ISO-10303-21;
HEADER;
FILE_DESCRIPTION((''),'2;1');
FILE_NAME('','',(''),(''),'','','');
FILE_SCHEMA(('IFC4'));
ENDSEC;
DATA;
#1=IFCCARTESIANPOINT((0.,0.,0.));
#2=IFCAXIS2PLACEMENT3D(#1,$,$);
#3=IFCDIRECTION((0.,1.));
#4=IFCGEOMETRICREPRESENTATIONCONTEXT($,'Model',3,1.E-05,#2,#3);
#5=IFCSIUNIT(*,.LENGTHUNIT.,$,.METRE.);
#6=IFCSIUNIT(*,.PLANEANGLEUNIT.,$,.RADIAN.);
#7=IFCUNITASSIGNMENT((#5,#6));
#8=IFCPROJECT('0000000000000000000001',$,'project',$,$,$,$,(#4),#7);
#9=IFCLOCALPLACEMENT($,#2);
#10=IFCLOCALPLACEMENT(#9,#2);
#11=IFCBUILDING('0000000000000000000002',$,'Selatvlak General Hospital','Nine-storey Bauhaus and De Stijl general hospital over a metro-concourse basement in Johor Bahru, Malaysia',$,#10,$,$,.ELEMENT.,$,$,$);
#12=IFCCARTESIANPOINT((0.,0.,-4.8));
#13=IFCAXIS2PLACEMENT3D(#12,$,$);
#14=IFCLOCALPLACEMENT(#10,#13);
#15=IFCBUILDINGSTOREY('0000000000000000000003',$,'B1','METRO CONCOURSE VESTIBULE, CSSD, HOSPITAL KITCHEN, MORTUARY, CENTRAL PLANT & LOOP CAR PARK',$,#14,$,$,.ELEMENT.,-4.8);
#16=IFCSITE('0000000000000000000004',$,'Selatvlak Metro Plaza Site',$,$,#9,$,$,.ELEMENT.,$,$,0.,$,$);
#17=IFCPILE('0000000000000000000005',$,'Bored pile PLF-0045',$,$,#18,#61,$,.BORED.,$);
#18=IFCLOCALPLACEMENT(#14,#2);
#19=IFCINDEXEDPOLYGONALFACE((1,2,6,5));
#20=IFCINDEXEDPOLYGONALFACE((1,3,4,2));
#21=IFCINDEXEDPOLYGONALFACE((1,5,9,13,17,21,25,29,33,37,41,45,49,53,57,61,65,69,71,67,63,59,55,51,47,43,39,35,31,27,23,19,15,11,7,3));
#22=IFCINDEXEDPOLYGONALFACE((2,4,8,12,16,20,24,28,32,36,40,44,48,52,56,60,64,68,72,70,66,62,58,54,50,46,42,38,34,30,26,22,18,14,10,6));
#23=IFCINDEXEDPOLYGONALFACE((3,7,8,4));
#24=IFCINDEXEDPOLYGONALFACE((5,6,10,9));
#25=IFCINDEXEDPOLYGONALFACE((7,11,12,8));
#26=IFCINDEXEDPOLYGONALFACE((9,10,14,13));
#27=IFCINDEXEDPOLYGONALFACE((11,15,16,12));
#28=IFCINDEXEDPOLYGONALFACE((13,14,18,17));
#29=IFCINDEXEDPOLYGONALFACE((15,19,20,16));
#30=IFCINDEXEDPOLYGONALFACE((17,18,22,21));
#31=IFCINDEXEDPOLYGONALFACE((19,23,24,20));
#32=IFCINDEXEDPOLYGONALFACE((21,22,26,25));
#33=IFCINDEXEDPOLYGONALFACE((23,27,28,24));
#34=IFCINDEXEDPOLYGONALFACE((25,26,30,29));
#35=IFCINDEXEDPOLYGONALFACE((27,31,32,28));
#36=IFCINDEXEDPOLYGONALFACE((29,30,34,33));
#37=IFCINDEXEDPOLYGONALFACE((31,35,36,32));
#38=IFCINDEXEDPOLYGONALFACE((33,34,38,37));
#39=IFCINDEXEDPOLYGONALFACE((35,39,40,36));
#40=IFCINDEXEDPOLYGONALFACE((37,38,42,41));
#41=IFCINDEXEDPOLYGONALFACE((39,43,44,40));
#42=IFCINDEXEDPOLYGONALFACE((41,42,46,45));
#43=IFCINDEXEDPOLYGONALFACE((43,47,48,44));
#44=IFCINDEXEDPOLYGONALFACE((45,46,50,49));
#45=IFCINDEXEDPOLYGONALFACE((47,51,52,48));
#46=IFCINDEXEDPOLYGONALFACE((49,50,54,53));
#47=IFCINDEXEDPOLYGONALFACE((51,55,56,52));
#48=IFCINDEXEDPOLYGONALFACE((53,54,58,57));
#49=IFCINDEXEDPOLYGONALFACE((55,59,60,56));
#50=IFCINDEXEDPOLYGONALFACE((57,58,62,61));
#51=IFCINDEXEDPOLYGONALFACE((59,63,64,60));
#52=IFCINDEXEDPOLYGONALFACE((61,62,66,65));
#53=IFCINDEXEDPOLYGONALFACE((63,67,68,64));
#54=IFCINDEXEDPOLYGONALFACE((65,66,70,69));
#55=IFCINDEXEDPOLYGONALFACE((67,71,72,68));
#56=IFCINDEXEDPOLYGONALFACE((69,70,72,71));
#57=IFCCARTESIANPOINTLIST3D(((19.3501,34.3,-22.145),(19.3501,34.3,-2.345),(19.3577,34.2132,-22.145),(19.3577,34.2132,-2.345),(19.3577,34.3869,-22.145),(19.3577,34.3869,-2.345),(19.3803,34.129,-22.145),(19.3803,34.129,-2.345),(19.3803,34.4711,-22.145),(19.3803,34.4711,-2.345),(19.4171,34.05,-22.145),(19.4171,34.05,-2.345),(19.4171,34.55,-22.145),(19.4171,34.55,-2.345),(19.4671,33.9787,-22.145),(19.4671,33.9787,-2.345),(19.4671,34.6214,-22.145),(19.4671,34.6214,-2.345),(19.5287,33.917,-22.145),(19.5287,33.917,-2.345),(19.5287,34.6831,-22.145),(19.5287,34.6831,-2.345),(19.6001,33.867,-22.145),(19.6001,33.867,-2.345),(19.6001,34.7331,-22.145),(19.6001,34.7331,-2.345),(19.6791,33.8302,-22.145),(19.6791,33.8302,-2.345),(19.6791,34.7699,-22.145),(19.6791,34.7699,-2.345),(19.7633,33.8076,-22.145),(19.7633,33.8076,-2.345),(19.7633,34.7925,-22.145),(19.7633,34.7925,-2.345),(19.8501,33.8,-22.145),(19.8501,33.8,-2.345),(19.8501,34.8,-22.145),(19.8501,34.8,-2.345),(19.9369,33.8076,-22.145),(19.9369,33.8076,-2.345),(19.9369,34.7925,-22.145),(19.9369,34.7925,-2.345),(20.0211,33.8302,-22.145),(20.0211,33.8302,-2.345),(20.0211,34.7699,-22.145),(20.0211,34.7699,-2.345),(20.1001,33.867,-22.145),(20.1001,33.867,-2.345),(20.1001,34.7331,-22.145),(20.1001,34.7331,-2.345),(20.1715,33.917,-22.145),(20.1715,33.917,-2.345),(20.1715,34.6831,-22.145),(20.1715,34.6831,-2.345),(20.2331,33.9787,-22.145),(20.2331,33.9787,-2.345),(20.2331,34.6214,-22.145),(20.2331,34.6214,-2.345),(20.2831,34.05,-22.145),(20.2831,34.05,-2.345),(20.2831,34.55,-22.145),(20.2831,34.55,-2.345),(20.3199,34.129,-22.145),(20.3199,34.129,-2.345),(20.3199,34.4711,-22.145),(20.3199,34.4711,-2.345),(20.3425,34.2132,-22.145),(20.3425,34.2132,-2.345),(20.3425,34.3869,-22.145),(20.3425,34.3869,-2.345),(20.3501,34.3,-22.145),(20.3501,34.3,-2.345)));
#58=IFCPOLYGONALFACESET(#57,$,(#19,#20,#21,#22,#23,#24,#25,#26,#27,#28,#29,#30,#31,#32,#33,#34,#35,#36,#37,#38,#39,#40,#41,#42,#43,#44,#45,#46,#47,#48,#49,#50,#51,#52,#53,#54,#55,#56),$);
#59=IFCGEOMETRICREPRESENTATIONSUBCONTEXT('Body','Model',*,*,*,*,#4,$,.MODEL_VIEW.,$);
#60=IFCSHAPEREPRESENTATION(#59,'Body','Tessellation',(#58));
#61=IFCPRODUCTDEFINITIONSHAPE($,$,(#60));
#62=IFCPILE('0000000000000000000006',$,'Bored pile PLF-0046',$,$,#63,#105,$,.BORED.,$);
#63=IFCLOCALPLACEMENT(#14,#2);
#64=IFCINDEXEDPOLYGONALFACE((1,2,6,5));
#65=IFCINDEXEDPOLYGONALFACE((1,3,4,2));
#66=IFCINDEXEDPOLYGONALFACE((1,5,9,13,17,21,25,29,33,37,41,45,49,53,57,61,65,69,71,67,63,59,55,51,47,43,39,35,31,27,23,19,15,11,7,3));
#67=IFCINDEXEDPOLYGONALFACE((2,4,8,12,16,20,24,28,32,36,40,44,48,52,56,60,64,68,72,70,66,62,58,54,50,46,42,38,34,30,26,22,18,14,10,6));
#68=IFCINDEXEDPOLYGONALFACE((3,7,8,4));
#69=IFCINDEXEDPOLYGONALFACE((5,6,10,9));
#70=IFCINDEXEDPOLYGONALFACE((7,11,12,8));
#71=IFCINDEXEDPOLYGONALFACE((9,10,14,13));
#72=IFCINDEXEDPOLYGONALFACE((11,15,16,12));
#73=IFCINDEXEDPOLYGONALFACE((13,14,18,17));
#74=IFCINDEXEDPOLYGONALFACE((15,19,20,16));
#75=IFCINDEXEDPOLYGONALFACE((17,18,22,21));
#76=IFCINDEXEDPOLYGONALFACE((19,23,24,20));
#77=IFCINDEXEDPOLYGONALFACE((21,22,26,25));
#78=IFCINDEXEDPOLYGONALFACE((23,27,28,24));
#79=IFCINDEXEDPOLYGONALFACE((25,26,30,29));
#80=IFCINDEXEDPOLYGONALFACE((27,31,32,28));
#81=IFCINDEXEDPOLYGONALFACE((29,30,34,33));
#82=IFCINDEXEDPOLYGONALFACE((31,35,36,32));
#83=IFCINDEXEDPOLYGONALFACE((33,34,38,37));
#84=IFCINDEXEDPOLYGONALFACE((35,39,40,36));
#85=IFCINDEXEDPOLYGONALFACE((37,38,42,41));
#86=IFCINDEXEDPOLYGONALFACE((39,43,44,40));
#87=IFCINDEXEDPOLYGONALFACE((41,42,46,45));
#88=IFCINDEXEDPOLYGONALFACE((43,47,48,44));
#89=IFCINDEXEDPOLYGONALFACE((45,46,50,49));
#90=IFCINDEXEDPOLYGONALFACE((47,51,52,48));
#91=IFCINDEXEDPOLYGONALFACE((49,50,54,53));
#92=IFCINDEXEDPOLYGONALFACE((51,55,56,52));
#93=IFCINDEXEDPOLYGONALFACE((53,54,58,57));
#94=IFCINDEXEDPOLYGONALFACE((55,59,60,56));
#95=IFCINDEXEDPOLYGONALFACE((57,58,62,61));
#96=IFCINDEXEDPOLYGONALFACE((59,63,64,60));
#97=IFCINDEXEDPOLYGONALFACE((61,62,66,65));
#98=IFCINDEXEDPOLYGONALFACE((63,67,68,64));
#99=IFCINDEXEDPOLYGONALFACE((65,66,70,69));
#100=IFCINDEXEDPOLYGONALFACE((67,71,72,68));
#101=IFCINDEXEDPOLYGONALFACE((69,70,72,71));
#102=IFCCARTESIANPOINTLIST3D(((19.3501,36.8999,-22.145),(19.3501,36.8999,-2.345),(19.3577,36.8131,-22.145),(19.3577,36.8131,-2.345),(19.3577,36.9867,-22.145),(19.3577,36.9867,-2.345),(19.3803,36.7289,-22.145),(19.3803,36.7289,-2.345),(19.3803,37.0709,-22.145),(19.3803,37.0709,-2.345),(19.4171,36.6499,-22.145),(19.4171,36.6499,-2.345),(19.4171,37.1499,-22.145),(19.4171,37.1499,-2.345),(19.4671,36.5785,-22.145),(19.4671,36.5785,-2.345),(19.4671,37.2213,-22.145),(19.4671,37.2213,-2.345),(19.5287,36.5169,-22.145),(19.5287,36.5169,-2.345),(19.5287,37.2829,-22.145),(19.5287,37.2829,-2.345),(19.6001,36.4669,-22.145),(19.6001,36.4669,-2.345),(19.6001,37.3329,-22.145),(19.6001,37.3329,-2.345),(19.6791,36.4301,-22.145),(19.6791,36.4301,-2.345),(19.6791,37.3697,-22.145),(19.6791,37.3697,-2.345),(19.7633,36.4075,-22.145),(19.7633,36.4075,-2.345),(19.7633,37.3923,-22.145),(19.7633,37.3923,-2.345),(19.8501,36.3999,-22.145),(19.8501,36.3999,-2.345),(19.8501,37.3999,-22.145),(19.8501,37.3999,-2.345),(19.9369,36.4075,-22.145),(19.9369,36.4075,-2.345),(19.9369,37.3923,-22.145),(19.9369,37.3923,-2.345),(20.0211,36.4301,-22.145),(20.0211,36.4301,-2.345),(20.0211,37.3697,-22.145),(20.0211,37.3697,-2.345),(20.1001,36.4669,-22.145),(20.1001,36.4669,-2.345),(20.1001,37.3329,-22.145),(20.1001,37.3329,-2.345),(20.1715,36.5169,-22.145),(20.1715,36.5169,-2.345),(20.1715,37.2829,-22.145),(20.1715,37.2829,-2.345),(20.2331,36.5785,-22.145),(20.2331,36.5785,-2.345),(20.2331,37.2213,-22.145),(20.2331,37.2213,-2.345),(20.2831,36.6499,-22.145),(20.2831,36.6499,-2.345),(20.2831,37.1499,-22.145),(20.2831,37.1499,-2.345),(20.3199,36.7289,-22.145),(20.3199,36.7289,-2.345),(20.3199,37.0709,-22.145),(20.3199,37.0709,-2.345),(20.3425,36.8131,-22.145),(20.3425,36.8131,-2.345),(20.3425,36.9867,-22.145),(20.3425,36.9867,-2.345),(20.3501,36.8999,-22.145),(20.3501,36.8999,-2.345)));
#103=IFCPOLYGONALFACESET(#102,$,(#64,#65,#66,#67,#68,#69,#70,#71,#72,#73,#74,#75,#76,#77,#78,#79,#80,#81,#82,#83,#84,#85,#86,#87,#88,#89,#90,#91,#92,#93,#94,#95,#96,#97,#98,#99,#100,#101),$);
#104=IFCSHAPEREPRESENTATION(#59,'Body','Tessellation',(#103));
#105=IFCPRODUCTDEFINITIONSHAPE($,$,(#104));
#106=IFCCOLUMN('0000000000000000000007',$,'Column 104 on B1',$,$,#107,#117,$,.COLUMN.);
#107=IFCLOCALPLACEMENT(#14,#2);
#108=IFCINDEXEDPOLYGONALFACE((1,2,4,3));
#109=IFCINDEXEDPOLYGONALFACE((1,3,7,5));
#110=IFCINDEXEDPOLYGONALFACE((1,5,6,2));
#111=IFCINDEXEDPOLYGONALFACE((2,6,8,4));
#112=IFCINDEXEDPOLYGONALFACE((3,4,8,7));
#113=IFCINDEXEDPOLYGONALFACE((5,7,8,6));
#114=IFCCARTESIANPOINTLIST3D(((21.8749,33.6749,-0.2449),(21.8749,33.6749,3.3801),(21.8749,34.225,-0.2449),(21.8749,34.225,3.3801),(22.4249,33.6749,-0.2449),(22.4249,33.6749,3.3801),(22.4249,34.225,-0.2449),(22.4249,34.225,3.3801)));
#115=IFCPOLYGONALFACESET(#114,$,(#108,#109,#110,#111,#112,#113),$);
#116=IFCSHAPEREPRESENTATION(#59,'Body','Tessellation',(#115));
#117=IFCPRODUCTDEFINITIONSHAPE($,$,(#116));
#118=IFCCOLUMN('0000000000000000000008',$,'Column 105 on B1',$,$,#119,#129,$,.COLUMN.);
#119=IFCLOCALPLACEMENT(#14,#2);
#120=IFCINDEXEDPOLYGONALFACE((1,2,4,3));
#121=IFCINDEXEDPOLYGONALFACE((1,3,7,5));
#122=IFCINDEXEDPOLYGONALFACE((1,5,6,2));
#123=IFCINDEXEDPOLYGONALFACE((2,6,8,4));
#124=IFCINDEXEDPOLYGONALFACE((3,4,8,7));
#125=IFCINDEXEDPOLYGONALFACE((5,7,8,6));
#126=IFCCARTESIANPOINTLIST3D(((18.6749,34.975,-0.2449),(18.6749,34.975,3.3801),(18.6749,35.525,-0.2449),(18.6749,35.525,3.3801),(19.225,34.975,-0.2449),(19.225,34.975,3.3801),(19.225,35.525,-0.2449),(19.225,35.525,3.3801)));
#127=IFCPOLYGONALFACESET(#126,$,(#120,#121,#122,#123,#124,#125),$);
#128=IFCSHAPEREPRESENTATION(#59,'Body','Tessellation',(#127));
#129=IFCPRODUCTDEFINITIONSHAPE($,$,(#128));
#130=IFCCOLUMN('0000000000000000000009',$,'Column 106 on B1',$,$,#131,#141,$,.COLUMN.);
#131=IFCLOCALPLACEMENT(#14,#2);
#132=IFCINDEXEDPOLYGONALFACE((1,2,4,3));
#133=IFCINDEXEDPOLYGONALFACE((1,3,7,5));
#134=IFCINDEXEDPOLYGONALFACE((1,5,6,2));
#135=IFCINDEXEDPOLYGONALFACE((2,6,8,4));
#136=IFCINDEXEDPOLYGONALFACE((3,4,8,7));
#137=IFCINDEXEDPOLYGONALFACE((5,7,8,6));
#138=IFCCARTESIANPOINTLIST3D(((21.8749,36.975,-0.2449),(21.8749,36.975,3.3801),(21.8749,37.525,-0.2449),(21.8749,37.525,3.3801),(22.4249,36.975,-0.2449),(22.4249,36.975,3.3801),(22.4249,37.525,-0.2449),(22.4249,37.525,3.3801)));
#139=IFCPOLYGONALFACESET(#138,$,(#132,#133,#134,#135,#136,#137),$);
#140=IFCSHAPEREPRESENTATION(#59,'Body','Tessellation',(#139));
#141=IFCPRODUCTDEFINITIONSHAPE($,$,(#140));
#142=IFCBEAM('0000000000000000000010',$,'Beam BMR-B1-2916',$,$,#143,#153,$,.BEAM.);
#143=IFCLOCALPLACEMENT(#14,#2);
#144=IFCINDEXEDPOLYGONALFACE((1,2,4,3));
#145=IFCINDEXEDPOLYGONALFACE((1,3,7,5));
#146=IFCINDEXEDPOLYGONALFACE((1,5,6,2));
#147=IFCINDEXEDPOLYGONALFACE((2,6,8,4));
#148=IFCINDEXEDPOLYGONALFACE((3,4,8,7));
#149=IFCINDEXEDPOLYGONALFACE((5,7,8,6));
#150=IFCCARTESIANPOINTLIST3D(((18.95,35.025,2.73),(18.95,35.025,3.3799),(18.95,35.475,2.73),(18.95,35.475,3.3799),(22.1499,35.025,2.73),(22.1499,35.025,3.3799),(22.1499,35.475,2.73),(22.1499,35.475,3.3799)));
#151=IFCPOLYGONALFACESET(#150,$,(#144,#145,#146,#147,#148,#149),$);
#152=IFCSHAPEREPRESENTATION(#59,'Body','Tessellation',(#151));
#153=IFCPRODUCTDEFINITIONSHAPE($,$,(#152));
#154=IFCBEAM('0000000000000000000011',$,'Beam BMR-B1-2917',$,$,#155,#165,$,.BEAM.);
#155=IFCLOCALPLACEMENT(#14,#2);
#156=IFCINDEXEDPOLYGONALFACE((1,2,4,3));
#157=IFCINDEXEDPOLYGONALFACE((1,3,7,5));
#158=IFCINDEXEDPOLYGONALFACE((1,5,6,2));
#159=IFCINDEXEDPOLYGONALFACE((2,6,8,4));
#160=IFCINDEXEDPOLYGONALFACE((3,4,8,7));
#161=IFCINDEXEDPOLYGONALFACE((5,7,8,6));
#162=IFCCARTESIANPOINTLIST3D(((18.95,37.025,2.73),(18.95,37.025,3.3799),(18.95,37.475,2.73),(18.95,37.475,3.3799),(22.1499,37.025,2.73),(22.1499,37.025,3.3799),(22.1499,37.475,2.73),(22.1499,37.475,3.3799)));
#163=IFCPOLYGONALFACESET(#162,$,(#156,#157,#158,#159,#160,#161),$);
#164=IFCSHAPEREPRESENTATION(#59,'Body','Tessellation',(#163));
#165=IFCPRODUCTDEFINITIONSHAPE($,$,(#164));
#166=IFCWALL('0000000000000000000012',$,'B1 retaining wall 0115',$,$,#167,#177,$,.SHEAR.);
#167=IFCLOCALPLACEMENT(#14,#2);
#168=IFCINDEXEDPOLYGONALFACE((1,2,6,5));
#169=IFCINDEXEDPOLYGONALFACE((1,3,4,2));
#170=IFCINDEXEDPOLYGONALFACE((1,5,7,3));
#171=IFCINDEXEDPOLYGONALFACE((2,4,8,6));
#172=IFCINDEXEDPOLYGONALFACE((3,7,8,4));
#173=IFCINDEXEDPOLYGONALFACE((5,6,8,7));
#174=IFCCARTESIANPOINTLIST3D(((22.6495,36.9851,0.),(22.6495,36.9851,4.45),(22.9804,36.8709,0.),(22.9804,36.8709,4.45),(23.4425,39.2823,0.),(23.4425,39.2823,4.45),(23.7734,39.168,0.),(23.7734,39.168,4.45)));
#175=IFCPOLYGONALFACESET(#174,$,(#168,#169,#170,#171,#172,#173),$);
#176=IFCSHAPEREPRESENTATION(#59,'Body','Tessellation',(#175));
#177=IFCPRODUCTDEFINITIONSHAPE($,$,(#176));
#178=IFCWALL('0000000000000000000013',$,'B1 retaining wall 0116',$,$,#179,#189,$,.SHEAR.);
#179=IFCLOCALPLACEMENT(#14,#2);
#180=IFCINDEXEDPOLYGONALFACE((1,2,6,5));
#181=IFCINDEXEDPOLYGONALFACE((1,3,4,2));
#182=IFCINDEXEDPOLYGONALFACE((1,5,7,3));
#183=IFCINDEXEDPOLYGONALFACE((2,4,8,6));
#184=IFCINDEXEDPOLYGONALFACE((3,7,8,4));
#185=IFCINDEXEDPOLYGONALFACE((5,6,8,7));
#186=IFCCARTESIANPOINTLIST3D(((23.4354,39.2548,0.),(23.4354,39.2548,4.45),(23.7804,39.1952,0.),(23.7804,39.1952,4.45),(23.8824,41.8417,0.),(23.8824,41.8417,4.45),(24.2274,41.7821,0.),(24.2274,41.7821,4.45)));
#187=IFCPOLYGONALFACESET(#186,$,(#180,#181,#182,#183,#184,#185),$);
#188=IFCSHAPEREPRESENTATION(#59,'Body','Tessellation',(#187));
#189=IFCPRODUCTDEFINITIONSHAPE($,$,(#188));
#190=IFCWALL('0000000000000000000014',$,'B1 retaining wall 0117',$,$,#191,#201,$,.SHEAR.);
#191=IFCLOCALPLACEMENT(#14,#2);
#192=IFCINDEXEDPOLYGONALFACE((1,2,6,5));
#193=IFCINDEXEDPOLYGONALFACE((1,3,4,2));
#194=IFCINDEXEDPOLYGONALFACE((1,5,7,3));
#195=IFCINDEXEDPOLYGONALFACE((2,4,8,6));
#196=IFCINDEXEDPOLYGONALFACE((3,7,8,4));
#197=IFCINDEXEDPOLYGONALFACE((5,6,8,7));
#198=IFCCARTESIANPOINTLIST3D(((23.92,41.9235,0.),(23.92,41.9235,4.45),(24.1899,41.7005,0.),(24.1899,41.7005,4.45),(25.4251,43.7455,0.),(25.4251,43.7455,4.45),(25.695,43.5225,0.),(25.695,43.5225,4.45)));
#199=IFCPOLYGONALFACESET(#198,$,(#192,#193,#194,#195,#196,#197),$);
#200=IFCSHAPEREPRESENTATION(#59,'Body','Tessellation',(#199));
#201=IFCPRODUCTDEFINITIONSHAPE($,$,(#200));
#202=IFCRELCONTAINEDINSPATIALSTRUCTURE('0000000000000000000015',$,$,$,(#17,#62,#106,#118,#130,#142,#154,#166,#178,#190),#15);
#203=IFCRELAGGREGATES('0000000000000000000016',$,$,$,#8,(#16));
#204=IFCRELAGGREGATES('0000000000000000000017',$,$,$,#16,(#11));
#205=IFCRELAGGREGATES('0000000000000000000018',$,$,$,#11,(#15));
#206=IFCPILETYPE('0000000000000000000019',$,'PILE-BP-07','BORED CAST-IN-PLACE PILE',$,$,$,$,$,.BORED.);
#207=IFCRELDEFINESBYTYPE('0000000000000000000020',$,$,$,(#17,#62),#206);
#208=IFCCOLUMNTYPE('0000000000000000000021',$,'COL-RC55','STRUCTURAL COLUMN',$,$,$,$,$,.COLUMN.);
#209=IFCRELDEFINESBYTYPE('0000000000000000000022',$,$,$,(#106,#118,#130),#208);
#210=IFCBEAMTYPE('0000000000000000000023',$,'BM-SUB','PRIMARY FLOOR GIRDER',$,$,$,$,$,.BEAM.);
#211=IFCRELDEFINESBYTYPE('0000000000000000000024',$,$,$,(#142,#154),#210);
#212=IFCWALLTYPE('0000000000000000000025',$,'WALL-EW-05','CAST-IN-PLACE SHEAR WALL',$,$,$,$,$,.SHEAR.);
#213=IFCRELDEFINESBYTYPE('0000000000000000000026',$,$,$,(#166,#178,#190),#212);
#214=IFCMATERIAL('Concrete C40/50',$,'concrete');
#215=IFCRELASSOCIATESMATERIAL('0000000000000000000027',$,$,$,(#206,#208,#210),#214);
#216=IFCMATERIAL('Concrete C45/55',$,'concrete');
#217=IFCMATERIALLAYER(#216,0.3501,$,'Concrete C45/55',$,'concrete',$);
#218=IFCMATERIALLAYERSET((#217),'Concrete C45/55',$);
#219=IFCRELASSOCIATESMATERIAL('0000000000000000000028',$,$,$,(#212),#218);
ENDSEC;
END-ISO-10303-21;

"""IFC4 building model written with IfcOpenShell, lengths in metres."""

from ifc_helpers import new_model, si_unit, direction, frame, frame_2d, origin, origin_2d, place, context, subcontext, project, spatial, rectangle, circle, extrude, material, layer, layer_set, material_profile, profile_set, type_object, element, save


model = new_model("IFC4")

# Units and contexts
model_context = context("Model", 3, precision=1e-05, world=origin(), true_north=direction((0.0, 1.0)))
body_context = subcontext(model_context, "Body", "Model", "MODEL_VIEW")
ifc_project = project(units=[si_unit("LENGTHUNIT", "METRE"), si_unit("PLANEANGLEUNIT", "RADIAN")], contexts=[model_context])

# Site, building, storey
site_placement = place(None, origin())
site = spatial("IfcSite", under=ifc_project, at=site_placement, Name="Selatvlak Metro Plaza Site", CompositionType="ELEMENT", RefElevation=0.0)
building_placement = place(site_placement, origin())
building = spatial("IfcBuilding", under=site, at=building_placement, Name="Selatvlak General Hospital", Description="Nine-storey Bauhaus and De Stijl general hospital over a metro-concourse basement in Johor Bahru, Malaysia", CompositionType="ELEMENT")
storey_placement = place(building_placement, frame((0.0, 0.0, -4.8)))
storey = spatial("IfcBuildingStorey", under=building, at=storey_placement, Name="B1", Description="METRO CONCOURSE VESTIBULE, CSSD, HOSPITAL KITCHEN, MORTUARY, CENTRAL PLANT & LOOP CAR PARK", CompositionType="ELEMENT", Elevation=-4.8)

# Piles
ifc_material_1 = material(Name="Concrete C40/50", Category="concrete")
ifc_material_profile_1 = material_profile(ifc_material_1, circle(Radius=0.5, at=origin_2d()), Name="BORED PILE 1000")
ifc_profile_set_1 = profile_set([ifc_material_profile_1], Name="Concrete C40/50")
pile_type = type_object("IfcPileType", Name="PILE-BP-07", Description="BORED CAST-IN-PLACE PILE", PredefinedType="BORED", material=ifc_profile_set_1)
for number, where, z_axis, x_axis, name in (
    (1, (19.8501, 34.3, -2.345), (0.0, 0.0, -1.0), (1.0, 0.0, 0.0), "Bored pile PLF-0045"),
    (2, (19.8501, 36.8999, -2.345), (0.0, 0.0, -1.0), (1.0, 0.0, 0.0), "Bored pile PLF-0046"),
):
    element("IfcPile", number, at=place(storey_placement, frame(where, z_axis=z_axis, x_axis=x_axis)), inside=storey, type_object=pile_type, Name=name, PredefinedType="BORED", context=body_context, shape_type="SweptSolid", body=[
        extrude(circle(Radius=0.5, at=origin_2d()), origin(), (0.0, 0.0, 1.0), 19.8),
    ])

# Columns
ifc_material_profile_2 = material_profile(ifc_material_1, rectangle(XDim=0.55, YDim=0.55, at=origin_2d()), Name="RC-COL 550x550")
ifc_profile_set_2 = profile_set([ifc_material_profile_2], Name="Concrete C40/50")
column_type = type_object("IfcColumnType", Name="COL-RC55", Description="STRUCTURAL COLUMN", PredefinedType="COLUMN", material=ifc_profile_set_2)
for number, where, z_axis, x_axis, name in (
    (3, (22.1499, 33.95, -0.2449), (0.0, 0.0, 1.0), (1.0, 0.0, 0.0), "Column 104 on B1"),
    (4, (18.95, 35.25, -0.2449), (0.0, 0.0, 1.0), (1.0, 0.0, 0.0), "Column 105 on B1"),
    (5, (22.1499, 37.25, -0.2449), (0.0, 0.0, 1.0), (1.0, 0.0, 0.0), "Column 106 on B1"),
):
    element("IfcColumn", number, at=place(storey_placement, frame(where, z_axis=z_axis, x_axis=x_axis)), inside=storey, type_object=column_type, Name=name, PredefinedType="COLUMN", context=body_context, shape_type="SweptSolid", body=[
        extrude(rectangle(XDim=0.55, YDim=0.55, at=origin_2d()), origin(), (0.0, 0.0, 1.0), 3.625),
    ])

# Beams
ifc_material_profile_3 = material_profile(ifc_material_1, rectangle(XDim=0.45, YDim=0.6499, at=origin_2d()), Name="RC-BM 450x650")
ifc_profile_set_3 = profile_set([ifc_material_profile_3], Name="Concrete C40/50")
beam_type = type_object("IfcBeamType", Name="BM-SUB", Description="PRIMARY FLOOR GIRDER", PredefinedType="BEAM", material=ifc_profile_set_3)
for number, where, z_axis, x_axis, name in (
    (6, (18.95, 35.25, 3.0549), (1.0, 0.0, 0.0), (0.0, 1.0, 0.0), "Beam BMR-B1-2916"),
    (7, (18.95, 37.25, 3.0549), (1.0, 0.0, 0.0), (0.0, 1.0, 0.0), "Beam BMR-B1-2917"),
):
    element("IfcBeam", number, at=place(storey_placement, frame(where, z_axis=z_axis, x_axis=x_axis)), inside=storey, type_object=beam_type, Name=name, PredefinedType="BEAM", context=body_context, shape_type="SweptSolid", body=[
        extrude(rectangle(XDim=0.45, YDim=0.6499, at=origin_2d()), origin(), (0.0, 0.0, 1.0), 3.2),
    ])

# Walls
ifc_material_2 = material(Name="Concrete C45/55", Category="concrete")
ifc_layer_1 = layer(ifc_material_2, 0.3501, Name="Concrete C45/55", Category="concrete")
ifc_layer_set_1 = layer_set([ifc_layer_1], Name="Concrete C45/55")
wall_type_1 = type_object("IfcWallType", Name="WALL-EW-05", Description="CAST-IN-PLACE SHEAR WALL", PredefinedType="SHEAR", material=ifc_layer_set_1)
wall_1_placement = place(storey_placement, frame((22.8149, 36.928, 0.0), z_axis=(0.0, 0.0, 1.0), x_axis=(0.326306, 0.945264, 0.0)))
element("IfcWall", 8, at=wall_1_placement, inside=storey, type_object=wall_type_1, Name="B1 retaining wall 0115", PredefinedType="SHEAR", context=body_context, shape_type="SweptSolid", body=[
    extrude(rectangle(XDim=2.4302, YDim=0.3501, at=frame_2d((1.2151, 0.0))), origin(), (0.0, 0.0, 1.0), 4.45),
])
wall_2_placement = place(storey_placement, frame((23.6079, 39.2251, 0.0), z_axis=(0.0, 0.0, 1.0), x_axis=(0.170277, 0.985396, 0.0)))
element("IfcWall", 9, at=wall_2_placement, inside=storey, type_object=wall_type_1, Name="B1 retaining wall 0116", PredefinedType="SHEAR", context=body_context, shape_type="SweptSolid", body=[
    extrude(rectangle(XDim=2.6252, YDim=0.3501, at=frame_2d((1.3125, 0.0))), origin(), (0.0, 0.0, 1.0), 4.45),
])
wall_3_placement = place(storey_placement, frame((24.0549, 41.812, 0.0), z_axis=(0.0, 0.0, 1.0), x_axis=(0.636876, 0.770966, 0.0)))
element("IfcWall", 10, at=wall_3_placement, inside=storey, type_object=wall_type_1, Name="B1 retaining wall 0117", PredefinedType="SHEAR", context=body_context, shape_type="SweptSolid", body=[
    extrude(rectangle(XDim=2.3633, YDim=0.3501, at=frame_2d((1.1816, 0.0))), origin(), (0.0, 0.0, 1.0), 4.45),
])

save(model, "model.ifc")
